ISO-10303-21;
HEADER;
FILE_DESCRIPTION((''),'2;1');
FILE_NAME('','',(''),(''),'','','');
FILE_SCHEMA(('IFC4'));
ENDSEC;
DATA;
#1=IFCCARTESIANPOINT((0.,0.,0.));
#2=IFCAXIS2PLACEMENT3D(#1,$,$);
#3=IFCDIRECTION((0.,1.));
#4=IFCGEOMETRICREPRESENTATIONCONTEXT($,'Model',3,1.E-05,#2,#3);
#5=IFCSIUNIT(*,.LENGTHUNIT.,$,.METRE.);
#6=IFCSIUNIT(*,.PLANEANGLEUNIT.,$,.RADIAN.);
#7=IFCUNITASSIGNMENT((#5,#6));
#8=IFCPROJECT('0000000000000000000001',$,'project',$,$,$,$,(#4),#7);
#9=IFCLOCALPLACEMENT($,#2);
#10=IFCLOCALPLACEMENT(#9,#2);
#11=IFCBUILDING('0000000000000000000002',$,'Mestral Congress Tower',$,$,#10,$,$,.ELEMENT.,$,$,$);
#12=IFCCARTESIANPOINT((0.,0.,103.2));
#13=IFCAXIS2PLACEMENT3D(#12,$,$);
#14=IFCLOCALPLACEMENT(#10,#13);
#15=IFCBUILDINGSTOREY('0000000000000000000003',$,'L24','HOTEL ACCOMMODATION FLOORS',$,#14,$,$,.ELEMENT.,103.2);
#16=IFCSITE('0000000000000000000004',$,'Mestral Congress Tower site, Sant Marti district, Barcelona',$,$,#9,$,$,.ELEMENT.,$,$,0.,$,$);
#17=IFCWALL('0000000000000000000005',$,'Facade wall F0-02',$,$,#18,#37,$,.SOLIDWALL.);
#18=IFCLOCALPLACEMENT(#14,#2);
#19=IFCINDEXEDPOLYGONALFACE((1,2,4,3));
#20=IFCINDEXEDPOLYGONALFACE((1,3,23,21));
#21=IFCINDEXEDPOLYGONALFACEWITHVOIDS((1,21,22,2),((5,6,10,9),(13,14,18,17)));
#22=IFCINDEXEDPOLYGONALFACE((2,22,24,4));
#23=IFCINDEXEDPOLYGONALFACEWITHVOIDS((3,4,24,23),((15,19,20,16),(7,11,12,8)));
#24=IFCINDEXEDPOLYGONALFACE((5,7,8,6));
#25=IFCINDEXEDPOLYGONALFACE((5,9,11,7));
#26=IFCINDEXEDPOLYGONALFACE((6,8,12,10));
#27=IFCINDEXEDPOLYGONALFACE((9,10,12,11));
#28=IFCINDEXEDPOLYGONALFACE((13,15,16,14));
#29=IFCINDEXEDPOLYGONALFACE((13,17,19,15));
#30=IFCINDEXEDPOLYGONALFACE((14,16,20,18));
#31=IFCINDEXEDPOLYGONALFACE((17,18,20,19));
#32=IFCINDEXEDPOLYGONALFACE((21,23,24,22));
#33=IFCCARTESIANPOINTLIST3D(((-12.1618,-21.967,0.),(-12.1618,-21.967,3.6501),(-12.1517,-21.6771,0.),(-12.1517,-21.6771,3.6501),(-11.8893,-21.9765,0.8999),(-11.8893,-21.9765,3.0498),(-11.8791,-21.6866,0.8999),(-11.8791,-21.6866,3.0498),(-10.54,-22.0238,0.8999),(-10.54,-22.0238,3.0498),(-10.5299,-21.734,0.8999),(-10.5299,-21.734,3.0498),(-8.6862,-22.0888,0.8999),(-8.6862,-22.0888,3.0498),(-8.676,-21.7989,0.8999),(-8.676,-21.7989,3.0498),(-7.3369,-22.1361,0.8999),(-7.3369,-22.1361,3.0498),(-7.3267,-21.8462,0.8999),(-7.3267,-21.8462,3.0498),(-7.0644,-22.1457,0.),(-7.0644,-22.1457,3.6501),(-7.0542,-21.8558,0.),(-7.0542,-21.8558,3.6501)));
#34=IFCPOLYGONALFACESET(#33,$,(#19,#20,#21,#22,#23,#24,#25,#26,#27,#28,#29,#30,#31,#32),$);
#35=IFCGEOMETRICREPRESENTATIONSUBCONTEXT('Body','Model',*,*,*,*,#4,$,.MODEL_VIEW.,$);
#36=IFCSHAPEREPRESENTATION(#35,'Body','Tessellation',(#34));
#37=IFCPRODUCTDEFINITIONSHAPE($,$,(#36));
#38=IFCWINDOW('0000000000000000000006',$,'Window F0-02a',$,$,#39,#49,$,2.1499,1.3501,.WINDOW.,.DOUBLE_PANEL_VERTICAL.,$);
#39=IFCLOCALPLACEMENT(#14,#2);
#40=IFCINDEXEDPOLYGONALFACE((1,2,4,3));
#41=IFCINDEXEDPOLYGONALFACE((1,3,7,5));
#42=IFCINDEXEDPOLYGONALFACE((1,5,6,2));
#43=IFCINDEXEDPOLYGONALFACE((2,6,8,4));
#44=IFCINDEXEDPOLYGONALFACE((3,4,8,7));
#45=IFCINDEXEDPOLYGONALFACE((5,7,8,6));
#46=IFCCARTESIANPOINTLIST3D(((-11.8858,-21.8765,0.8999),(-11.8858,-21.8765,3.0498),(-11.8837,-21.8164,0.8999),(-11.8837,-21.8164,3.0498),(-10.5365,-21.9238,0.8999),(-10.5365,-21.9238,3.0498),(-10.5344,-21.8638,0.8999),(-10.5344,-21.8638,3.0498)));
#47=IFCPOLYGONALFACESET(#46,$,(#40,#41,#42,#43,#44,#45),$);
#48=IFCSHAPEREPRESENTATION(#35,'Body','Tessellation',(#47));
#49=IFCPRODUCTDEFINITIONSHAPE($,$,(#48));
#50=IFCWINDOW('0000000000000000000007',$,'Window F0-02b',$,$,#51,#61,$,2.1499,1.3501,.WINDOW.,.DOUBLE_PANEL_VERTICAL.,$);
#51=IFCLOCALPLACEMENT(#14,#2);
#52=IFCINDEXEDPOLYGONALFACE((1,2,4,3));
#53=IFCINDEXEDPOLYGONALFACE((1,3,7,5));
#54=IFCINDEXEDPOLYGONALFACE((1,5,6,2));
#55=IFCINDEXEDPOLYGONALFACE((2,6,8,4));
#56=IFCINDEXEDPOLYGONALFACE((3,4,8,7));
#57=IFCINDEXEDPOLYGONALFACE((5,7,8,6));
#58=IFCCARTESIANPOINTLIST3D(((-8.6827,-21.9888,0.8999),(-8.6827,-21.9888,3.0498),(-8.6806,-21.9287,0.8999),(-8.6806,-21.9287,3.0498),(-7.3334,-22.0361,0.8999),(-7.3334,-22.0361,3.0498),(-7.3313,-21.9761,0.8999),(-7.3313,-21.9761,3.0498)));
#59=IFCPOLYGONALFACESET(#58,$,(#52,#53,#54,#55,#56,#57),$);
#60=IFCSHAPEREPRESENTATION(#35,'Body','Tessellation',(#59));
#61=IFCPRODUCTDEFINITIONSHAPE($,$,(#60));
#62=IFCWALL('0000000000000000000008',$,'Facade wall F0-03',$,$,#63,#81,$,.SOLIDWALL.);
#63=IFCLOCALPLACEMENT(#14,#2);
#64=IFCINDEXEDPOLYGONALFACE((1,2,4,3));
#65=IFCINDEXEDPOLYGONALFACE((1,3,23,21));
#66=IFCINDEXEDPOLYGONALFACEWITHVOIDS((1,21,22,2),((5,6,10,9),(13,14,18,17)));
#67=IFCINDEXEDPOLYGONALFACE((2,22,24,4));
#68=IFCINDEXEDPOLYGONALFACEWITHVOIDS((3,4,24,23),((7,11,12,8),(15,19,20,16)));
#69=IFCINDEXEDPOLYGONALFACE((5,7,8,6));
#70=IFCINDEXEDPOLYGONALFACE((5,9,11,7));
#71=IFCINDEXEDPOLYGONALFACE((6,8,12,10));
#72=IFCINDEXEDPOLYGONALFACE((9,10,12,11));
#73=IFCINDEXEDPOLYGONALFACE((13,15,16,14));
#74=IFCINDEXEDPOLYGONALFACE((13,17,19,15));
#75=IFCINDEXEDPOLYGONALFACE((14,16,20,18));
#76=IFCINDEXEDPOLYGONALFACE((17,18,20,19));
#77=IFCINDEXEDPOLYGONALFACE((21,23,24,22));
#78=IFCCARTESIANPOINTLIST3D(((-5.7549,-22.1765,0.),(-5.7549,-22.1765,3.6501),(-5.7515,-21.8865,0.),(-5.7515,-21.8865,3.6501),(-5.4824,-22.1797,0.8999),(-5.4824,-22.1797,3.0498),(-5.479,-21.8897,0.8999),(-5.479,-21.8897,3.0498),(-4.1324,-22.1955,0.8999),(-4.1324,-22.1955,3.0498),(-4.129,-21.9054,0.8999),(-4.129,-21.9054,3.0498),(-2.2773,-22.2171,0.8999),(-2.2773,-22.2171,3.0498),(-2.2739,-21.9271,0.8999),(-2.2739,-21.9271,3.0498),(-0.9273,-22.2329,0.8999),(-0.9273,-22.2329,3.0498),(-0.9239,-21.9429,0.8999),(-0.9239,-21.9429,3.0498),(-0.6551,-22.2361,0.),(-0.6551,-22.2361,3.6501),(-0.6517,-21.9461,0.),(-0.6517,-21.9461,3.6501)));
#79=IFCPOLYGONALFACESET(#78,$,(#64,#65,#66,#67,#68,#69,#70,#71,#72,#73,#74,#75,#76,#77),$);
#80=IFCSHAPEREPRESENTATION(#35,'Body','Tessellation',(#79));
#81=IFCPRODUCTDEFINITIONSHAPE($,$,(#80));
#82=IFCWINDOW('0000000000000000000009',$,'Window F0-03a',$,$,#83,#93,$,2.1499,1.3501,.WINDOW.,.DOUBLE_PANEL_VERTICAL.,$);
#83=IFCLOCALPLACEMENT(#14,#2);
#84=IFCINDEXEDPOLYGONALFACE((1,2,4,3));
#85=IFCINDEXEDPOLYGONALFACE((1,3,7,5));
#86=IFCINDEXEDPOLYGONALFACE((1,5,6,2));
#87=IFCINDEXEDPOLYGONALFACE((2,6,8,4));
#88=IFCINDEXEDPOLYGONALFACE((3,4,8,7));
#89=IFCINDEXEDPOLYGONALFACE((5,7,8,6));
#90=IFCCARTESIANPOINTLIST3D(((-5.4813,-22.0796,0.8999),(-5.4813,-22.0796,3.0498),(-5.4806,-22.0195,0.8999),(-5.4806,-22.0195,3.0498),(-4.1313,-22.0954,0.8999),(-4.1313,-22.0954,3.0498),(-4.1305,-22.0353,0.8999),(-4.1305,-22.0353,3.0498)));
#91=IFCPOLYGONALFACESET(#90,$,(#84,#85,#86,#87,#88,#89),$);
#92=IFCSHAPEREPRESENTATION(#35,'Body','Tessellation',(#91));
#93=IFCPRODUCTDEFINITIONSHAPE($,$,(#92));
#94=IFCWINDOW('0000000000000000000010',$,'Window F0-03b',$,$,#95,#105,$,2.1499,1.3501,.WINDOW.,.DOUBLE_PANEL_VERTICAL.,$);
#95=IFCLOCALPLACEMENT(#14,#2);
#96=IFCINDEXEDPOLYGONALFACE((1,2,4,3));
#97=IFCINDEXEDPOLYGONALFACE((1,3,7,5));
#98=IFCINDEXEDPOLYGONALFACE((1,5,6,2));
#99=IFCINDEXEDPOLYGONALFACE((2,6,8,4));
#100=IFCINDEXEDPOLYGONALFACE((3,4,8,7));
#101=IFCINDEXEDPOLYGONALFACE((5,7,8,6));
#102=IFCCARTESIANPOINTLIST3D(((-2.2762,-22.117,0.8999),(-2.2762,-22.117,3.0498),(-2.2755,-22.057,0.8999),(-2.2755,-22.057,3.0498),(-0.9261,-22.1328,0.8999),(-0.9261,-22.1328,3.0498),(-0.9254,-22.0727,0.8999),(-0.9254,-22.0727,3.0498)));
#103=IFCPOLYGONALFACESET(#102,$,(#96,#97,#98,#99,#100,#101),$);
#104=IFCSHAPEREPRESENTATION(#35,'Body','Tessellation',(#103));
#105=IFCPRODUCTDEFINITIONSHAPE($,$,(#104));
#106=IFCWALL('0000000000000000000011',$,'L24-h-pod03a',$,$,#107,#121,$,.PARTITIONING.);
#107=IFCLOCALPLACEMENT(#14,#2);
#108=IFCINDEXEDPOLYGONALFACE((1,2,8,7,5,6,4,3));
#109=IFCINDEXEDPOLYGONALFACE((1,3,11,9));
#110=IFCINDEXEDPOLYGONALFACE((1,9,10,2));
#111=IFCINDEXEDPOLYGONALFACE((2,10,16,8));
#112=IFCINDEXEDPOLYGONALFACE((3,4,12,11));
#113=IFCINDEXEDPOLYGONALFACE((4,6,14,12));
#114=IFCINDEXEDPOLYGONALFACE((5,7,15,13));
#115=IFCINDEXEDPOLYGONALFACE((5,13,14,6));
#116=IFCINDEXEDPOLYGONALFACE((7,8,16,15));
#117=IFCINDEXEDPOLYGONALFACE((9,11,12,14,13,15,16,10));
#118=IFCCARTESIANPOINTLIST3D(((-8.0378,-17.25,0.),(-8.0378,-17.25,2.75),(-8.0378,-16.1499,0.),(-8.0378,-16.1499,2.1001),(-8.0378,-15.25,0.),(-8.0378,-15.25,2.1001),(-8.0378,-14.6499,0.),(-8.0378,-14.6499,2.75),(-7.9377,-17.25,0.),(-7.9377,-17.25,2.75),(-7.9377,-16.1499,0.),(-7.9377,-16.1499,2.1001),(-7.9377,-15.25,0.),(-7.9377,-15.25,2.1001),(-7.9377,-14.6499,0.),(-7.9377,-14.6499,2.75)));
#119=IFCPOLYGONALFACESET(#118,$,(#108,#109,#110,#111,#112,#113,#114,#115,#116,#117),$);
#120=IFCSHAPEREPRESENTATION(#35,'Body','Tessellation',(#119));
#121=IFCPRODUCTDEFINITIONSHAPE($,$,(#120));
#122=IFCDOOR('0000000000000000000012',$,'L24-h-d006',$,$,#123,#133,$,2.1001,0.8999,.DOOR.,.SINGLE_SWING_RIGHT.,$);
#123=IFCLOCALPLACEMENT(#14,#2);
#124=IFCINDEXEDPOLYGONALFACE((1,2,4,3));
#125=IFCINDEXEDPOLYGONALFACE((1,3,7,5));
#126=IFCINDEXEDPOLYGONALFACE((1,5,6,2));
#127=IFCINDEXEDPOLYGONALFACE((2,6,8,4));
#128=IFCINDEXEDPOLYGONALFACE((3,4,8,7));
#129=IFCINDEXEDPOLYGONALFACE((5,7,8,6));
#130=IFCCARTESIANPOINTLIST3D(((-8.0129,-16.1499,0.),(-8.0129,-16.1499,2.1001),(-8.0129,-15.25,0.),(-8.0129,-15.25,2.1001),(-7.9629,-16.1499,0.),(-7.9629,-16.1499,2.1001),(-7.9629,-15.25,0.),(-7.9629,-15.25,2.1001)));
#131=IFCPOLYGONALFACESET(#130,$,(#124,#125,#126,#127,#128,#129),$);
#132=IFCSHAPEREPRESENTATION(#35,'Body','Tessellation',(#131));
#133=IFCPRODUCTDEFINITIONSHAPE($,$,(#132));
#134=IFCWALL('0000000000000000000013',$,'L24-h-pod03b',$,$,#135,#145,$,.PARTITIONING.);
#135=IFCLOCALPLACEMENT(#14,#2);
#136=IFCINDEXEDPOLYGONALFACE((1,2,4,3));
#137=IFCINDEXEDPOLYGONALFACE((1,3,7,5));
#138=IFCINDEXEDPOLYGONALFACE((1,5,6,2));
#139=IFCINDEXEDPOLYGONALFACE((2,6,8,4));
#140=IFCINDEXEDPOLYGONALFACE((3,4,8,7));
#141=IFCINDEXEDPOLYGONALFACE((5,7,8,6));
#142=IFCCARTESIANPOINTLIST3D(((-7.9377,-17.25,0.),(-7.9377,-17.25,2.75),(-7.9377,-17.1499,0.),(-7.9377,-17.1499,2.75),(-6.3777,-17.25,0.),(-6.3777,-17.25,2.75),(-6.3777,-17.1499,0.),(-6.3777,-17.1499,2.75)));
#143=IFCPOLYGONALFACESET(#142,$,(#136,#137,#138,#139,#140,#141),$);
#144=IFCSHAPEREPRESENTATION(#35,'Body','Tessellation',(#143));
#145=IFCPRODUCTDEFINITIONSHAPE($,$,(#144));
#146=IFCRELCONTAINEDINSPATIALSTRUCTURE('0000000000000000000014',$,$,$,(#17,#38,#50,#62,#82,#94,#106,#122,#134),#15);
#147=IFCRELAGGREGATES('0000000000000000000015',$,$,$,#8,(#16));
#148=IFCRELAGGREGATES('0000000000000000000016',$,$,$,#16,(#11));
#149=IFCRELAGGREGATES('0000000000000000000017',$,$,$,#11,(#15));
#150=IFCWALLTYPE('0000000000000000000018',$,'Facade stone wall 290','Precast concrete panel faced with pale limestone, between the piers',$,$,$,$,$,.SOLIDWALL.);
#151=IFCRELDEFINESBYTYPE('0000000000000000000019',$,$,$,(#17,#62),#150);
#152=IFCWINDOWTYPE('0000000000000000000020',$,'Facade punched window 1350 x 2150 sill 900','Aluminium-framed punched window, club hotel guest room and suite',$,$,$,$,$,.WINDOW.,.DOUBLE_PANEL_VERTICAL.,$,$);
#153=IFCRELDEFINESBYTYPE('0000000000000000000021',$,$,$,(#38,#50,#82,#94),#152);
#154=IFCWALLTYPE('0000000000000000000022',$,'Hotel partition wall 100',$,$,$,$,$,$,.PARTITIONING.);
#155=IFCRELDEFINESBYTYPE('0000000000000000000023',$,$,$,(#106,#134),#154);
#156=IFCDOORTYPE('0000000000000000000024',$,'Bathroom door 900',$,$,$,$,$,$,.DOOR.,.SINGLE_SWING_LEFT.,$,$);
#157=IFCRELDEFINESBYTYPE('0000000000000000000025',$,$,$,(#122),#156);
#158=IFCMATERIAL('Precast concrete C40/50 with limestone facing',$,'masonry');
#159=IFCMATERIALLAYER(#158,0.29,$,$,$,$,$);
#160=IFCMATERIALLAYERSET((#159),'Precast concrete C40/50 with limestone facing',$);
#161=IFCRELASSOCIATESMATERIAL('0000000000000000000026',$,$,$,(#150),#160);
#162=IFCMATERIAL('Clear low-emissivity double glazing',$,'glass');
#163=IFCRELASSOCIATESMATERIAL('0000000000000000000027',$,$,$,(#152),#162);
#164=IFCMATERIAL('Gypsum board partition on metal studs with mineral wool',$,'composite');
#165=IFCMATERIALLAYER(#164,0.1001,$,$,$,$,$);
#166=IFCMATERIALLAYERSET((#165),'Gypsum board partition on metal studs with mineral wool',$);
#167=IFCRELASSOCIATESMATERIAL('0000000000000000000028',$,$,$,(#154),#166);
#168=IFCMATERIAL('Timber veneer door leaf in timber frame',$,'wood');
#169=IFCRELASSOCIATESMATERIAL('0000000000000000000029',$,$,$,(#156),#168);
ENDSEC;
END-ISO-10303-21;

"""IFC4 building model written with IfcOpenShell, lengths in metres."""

from ifc_helpers import new_model, si_unit, direction, frame, frame_2d, origin, place, context, subcontext, project, spatial, rectangle, extrude, material, layer, layer_set, type_object, element, fill, save


model = new_model("IFC4")

# Units and contexts
model_context = context("Model", 3, precision=1e-05, world=origin(), true_north=direction((0.0, 1.0)))
body_context = subcontext(model_context, "Body", "Model", "MODEL_VIEW")
ifc_project = project(units=[si_unit("LENGTHUNIT", "METRE"), si_unit("PLANEANGLEUNIT", "RADIAN")], contexts=[model_context])

# Site, building, storey
site_placement = place(None, origin())
site = spatial("IfcSite", under=ifc_project, at=site_placement, Name="Mestral Congress Tower site, Sant Marti district, Barcelona", CompositionType="ELEMENT", RefElevation=0.0)
building_placement = place(site_placement, origin())
building = spatial("IfcBuilding", under=site, at=building_placement, Name="Mestral Congress Tower", CompositionType="ELEMENT")
storey_placement = place(building_placement, frame((0.0, 0.0, 103.2)))
storey = spatial("IfcBuildingStorey", under=building, at=storey_placement, Name="L24", Description="HOTEL ACCOMMODATION FLOORS", CompositionType="ELEMENT", Elevation=103.2)

# Walls, openings, windows
ifc_material_1 = material(Name="Precast concrete C40/50 with limestone facing", Category="masonry")
ifc_layer_1 = layer(ifc_material_1, 0.29)
ifc_layer_set_1 = layer_set([ifc_layer_1], Name="Precast concrete C40/50 with limestone facing")
wall_type_1 = type_object("IfcWallType", Name="Facade stone wall 290", Description="Precast concrete panel faced with pale limestone, between the piers", PredefinedType="SOLIDWALL", material=ifc_layer_set_1)
wall_1_placement = place(storey_placement, frame((-12.1567, -21.822, 0.0), z_axis=(0.0, 0.0, 1.0), x_axis=(0.999386, -0.035038, 0.0)))
wall_1 = element("IfcWall", 1, at=wall_1_placement, inside=storey, type_object=wall_type_1, Name="Facade wall F0-02", PredefinedType="SOLIDWALL", context=body_context, shape_type="SweptSolid", body=[
    extrude(rectangle(XDim=5.1006, YDim=0.29, at=frame_2d((2.5503, 0.0))), origin(), (0.0, 0.0, 1.0), 3.6501),
])
opening_1_placement = place(wall_1_placement, frame((0.2727, 0.0, 0.8999)))
opening_1 = element("IfcOpeningElement", 2, at=opening_1_placement, cuts=wall_1, PredefinedType="OPENING", context=body_context, shape_type="SweptSolid", body=[
    extrude(rectangle(XDim=1.3501, YDim=2.1499, at=frame_2d((0.675, 1.075))), frame((0.0, 0.155, 0.0), z_axis=(0.0, -1.0, 0.0), x_axis=(1.0, 0.0, 0.0)), (0.0, 0.0, 1.0), 0.3101),
])
opening_2_placement = place(wall_1_placement, frame((3.4778, 0.0, 0.8999)))
opening_2 = element("IfcOpeningElement", 3, at=opening_2_placement, cuts=wall_1, PredefinedType="OPENING", context=body_context, shape_type="SweptSolid", body=[
    extrude(rectangle(XDim=1.3501, YDim=2.1499, at=frame_2d((0.675, 1.075))), frame((0.0, 0.155, 0.0), z_axis=(0.0, -1.0, 0.0), x_axis=(1.0, 0.0, 0.0)), (0.0, 0.0, 1.0), 0.3101),
])
ifc_material_2 = material(Name="Clear low-emissivity double glazing", Category="glass")
window_type = type_object("IfcWindowType", Name="Facade punched window 1350 x 2150 sill 900", Description="Aluminium-framed punched window, club hotel guest room and suite", PartitioningType="DOUBLE_PANEL_VERTICAL", PredefinedType="WINDOW", material=ifc_material_2)
window_1_placement = place(opening_1_placement, origin())
window_1 = element("IfcWindow", 4, at=window_1_placement, inside=storey, type_object=window_type, Name="Window F0-02a", OverallHeight=2.1499, OverallWidth=1.3501, PartitioningType="DOUBLE_PANEL_VERTICAL", PredefinedType="WINDOW", context=body_context, shape_type="SweptSolid", body=[
    extrude(rectangle(XDim=1.3501, YDim=2.1499, at=frame_2d((0.675, 1.075))), frame((0.0, 0.0151, 0.0), z_axis=(0.0, -1.0, 0.0), x_axis=(1.0, 0.0, 0.0)), (0.0, 0.0, 1.0), 0.0601),
])
fill(opening_1, window_1)
window_2_placement = place(opening_2_placement, origin())
window_2 = element("IfcWindow", 5, at=window_2_placement, inside=storey, type_object=window_type, Name="Window F0-02b", OverallHeight=2.1499, OverallWidth=1.3501, PartitioningType="DOUBLE_PANEL_VERTICAL", PredefinedType="WINDOW", context=body_context, shape_type="SweptSolid", body=[
    extrude(rectangle(XDim=1.3501, YDim=2.1499, at=frame_2d((0.675, 1.075))), frame((0.0, 0.0151, 0.0), z_axis=(0.0, -1.0, 0.0), x_axis=(1.0, 0.0, 0.0)), (0.0, 0.0, 1.0), 0.0601),
])
fill(opening_2, window_2)
wall_2_placement = place(storey_placement, frame((-5.7532, -22.0315, 0.0), z_axis=(0.0, 0.0, 1.0), x_axis=(0.999932, -0.01168, 0.0)))
wall_2 = element("IfcWall", 6, at=wall_2_placement, inside=storey, type_object=wall_type_1, Name="Facade wall F0-03", PredefinedType="SOLIDWALL", context=body_context, shape_type="SweptSolid", body=[
    extrude(rectangle(XDim=5.1001, YDim=0.29, at=frame_2d((2.55, 0.0))), origin(), (0.0, 0.0, 1.0), 3.6501),
])
opening_3_placement = place(wall_2_placement, frame((0.2725, 0.0, 0.8999)))
opening_3 = element("IfcOpeningElement", 7, at=opening_3_placement, cuts=wall_2, PredefinedType="OPENING", context=body_context, shape_type="SweptSolid", body=[
    extrude(rectangle(XDim=1.3501, YDim=2.1499, at=frame_2d((0.675, 1.075))), frame((0.0, 0.155, 0.0), z_axis=(0.0, -1.0, 0.0), x_axis=(1.0, 0.0, 0.0)), (0.0, 0.0, 1.0), 0.3101),
])
opening_4_placement = place(wall_2_placement, frame((3.4778, 0.0, 0.8999)))
opening_4 = element("IfcOpeningElement", 8, at=opening_4_placement, cuts=wall_2, PredefinedType="OPENING", context=body_context, shape_type="SweptSolid", body=[
    extrude(rectangle(XDim=1.3501, YDim=2.1499, at=frame_2d((0.675, 1.075))), frame((0.0, 0.155, 0.0), z_axis=(0.0, -1.0, 0.0), x_axis=(1.0, 0.0, 0.0)), (0.0, 0.0, 1.0), 0.3101),
])
window_3_placement = place(opening_3_placement, origin())
window_3 = element("IfcWindow", 9, at=window_3_placement, inside=storey, type_object=window_type, Name="Window F0-03a", OverallHeight=2.1499, OverallWidth=1.3501, PartitioningType="DOUBLE_PANEL_VERTICAL", PredefinedType="WINDOW", context=body_context, shape_type="SweptSolid", body=[
    extrude(rectangle(XDim=1.3501, YDim=2.1499, at=frame_2d((0.675, 1.075))), frame((0.0, 0.0151, 0.0), z_axis=(0.0, -1.0, 0.0), x_axis=(1.0, 0.0, 0.0)), (0.0, 0.0, 1.0), 0.0601),
])
fill(opening_3, window_3)
window_4_placement = place(opening_4_placement, origin())
window_4 = element("IfcWindow", 10, at=window_4_placement, inside=storey, type_object=window_type, Name="Window F0-03b", OverallHeight=2.1499, OverallWidth=1.3501, PartitioningType="DOUBLE_PANEL_VERTICAL", PredefinedType="WINDOW", context=body_context, shape_type="SweptSolid", body=[
    extrude(rectangle(XDim=1.3501, YDim=2.1499, at=frame_2d((0.675, 1.075))), frame((0.0, 0.0151, 0.0), z_axis=(0.0, -1.0, 0.0), x_axis=(1.0, 0.0, 0.0)), (0.0, 0.0, 1.0), 0.0601),
])
fill(opening_4, window_4)

# Wall, opening, door
ifc_material_3 = material(Name="Gypsum board partition on metal studs with mineral wool", Category="composite")
ifc_layer_2 = layer(ifc_material_3, 0.1001)
ifc_layer_set_2 = layer_set([ifc_layer_2], Name="Gypsum board partition on metal studs with mineral wool")
wall_type_2 = type_object("IfcWallType", Name="Hotel partition wall 100", PredefinedType="PARTITIONING", material=ifc_layer_set_2)
wall_3_placement = place(storey_placement, frame((-7.9878, -14.6499, 0.0), z_axis=(0.0, 0.0, 1.0), x_axis=(0.0, -1.0, 0.0)))
wall_3 = element("IfcWall", 11, at=wall_3_placement, inside=storey, type_object=wall_type_2, Name="L24-h-pod03a", PredefinedType="PARTITIONING", context=body_context, shape_type="SweptSolid", body=[
    extrude(rectangle(XDim=2.6001, YDim=0.1001, at=frame_2d((1.3, 0.0))), origin(), (0.0, 0.0, 1.0), 2.75),
])
opening_5_placement = place(wall_3_placement, frame((0.6001, 0.0, 0.0)))
opening_5 = element("IfcOpeningElement", 12, at=opening_5_placement, cuts=wall_3, PredefinedType="OPENING", context=body_context, shape_type="SweptSolid", body=[
    extrude(rectangle(XDim=0.8999, YDim=2.1001, at=frame_2d((0.45, 1.05))), frame((0.0, 0.0601, 0.0), z_axis=(0.0, -1.0, 0.0), x_axis=(1.0, 0.0, 0.0)), (0.0, 0.0, 1.0), 0.1201),
])
ifc_material_4 = material(Name="Timber veneer door leaf in timber frame", Category="wood")
door_type_1 = type_object("IfcDoorType", Name="Bathroom door 900", OperationType="SINGLE_SWING_LEFT", PredefinedType="DOOR", material=ifc_material_4)
door_1_placement = place(opening_5_placement, origin())
door_1 = element("IfcDoor", 13, at=door_1_placement, inside=storey, type_object=door_type_1, Name="L24-h-d006", OperationType="SINGLE_SWING_RIGHT", OverallHeight=2.1001, OverallWidth=0.8999, PredefinedType="DOOR", context=body_context, shape_type="SweptSolid", body=[
    extrude(rectangle(XDim=0.8999, YDim=2.1001, at=frame_2d((0.45, 1.05))), frame((0.0, 0.0249, 0.0), z_axis=(0.0, -1.0, 0.0), x_axis=(1.0, 0.0, 0.0)), (0.0, 0.0, 1.0), 0.05),
])
fill(opening_5, door_1)

# Wall
wall_4_placement = place(storey_placement, frame((-7.9377, -17.2, 0.0), z_axis=(0.0, 0.0, 1.0), x_axis=(1.0, 0.0, 0.0)))
element("IfcWall", 14, at=wall_4_placement, inside=storey, type_object=wall_type_2, Name="L24-h-pod03b", PredefinedType="PARTITIONING", context=body_context, shape_type="SweptSolid", body=[
    extrude(rectangle(XDim=1.5601, YDim=0.1001, at=frame_2d((0.78, 0.0))), origin(), (0.0, 0.0, 1.0), 2.75),
])

save(model, "model.ifc")
